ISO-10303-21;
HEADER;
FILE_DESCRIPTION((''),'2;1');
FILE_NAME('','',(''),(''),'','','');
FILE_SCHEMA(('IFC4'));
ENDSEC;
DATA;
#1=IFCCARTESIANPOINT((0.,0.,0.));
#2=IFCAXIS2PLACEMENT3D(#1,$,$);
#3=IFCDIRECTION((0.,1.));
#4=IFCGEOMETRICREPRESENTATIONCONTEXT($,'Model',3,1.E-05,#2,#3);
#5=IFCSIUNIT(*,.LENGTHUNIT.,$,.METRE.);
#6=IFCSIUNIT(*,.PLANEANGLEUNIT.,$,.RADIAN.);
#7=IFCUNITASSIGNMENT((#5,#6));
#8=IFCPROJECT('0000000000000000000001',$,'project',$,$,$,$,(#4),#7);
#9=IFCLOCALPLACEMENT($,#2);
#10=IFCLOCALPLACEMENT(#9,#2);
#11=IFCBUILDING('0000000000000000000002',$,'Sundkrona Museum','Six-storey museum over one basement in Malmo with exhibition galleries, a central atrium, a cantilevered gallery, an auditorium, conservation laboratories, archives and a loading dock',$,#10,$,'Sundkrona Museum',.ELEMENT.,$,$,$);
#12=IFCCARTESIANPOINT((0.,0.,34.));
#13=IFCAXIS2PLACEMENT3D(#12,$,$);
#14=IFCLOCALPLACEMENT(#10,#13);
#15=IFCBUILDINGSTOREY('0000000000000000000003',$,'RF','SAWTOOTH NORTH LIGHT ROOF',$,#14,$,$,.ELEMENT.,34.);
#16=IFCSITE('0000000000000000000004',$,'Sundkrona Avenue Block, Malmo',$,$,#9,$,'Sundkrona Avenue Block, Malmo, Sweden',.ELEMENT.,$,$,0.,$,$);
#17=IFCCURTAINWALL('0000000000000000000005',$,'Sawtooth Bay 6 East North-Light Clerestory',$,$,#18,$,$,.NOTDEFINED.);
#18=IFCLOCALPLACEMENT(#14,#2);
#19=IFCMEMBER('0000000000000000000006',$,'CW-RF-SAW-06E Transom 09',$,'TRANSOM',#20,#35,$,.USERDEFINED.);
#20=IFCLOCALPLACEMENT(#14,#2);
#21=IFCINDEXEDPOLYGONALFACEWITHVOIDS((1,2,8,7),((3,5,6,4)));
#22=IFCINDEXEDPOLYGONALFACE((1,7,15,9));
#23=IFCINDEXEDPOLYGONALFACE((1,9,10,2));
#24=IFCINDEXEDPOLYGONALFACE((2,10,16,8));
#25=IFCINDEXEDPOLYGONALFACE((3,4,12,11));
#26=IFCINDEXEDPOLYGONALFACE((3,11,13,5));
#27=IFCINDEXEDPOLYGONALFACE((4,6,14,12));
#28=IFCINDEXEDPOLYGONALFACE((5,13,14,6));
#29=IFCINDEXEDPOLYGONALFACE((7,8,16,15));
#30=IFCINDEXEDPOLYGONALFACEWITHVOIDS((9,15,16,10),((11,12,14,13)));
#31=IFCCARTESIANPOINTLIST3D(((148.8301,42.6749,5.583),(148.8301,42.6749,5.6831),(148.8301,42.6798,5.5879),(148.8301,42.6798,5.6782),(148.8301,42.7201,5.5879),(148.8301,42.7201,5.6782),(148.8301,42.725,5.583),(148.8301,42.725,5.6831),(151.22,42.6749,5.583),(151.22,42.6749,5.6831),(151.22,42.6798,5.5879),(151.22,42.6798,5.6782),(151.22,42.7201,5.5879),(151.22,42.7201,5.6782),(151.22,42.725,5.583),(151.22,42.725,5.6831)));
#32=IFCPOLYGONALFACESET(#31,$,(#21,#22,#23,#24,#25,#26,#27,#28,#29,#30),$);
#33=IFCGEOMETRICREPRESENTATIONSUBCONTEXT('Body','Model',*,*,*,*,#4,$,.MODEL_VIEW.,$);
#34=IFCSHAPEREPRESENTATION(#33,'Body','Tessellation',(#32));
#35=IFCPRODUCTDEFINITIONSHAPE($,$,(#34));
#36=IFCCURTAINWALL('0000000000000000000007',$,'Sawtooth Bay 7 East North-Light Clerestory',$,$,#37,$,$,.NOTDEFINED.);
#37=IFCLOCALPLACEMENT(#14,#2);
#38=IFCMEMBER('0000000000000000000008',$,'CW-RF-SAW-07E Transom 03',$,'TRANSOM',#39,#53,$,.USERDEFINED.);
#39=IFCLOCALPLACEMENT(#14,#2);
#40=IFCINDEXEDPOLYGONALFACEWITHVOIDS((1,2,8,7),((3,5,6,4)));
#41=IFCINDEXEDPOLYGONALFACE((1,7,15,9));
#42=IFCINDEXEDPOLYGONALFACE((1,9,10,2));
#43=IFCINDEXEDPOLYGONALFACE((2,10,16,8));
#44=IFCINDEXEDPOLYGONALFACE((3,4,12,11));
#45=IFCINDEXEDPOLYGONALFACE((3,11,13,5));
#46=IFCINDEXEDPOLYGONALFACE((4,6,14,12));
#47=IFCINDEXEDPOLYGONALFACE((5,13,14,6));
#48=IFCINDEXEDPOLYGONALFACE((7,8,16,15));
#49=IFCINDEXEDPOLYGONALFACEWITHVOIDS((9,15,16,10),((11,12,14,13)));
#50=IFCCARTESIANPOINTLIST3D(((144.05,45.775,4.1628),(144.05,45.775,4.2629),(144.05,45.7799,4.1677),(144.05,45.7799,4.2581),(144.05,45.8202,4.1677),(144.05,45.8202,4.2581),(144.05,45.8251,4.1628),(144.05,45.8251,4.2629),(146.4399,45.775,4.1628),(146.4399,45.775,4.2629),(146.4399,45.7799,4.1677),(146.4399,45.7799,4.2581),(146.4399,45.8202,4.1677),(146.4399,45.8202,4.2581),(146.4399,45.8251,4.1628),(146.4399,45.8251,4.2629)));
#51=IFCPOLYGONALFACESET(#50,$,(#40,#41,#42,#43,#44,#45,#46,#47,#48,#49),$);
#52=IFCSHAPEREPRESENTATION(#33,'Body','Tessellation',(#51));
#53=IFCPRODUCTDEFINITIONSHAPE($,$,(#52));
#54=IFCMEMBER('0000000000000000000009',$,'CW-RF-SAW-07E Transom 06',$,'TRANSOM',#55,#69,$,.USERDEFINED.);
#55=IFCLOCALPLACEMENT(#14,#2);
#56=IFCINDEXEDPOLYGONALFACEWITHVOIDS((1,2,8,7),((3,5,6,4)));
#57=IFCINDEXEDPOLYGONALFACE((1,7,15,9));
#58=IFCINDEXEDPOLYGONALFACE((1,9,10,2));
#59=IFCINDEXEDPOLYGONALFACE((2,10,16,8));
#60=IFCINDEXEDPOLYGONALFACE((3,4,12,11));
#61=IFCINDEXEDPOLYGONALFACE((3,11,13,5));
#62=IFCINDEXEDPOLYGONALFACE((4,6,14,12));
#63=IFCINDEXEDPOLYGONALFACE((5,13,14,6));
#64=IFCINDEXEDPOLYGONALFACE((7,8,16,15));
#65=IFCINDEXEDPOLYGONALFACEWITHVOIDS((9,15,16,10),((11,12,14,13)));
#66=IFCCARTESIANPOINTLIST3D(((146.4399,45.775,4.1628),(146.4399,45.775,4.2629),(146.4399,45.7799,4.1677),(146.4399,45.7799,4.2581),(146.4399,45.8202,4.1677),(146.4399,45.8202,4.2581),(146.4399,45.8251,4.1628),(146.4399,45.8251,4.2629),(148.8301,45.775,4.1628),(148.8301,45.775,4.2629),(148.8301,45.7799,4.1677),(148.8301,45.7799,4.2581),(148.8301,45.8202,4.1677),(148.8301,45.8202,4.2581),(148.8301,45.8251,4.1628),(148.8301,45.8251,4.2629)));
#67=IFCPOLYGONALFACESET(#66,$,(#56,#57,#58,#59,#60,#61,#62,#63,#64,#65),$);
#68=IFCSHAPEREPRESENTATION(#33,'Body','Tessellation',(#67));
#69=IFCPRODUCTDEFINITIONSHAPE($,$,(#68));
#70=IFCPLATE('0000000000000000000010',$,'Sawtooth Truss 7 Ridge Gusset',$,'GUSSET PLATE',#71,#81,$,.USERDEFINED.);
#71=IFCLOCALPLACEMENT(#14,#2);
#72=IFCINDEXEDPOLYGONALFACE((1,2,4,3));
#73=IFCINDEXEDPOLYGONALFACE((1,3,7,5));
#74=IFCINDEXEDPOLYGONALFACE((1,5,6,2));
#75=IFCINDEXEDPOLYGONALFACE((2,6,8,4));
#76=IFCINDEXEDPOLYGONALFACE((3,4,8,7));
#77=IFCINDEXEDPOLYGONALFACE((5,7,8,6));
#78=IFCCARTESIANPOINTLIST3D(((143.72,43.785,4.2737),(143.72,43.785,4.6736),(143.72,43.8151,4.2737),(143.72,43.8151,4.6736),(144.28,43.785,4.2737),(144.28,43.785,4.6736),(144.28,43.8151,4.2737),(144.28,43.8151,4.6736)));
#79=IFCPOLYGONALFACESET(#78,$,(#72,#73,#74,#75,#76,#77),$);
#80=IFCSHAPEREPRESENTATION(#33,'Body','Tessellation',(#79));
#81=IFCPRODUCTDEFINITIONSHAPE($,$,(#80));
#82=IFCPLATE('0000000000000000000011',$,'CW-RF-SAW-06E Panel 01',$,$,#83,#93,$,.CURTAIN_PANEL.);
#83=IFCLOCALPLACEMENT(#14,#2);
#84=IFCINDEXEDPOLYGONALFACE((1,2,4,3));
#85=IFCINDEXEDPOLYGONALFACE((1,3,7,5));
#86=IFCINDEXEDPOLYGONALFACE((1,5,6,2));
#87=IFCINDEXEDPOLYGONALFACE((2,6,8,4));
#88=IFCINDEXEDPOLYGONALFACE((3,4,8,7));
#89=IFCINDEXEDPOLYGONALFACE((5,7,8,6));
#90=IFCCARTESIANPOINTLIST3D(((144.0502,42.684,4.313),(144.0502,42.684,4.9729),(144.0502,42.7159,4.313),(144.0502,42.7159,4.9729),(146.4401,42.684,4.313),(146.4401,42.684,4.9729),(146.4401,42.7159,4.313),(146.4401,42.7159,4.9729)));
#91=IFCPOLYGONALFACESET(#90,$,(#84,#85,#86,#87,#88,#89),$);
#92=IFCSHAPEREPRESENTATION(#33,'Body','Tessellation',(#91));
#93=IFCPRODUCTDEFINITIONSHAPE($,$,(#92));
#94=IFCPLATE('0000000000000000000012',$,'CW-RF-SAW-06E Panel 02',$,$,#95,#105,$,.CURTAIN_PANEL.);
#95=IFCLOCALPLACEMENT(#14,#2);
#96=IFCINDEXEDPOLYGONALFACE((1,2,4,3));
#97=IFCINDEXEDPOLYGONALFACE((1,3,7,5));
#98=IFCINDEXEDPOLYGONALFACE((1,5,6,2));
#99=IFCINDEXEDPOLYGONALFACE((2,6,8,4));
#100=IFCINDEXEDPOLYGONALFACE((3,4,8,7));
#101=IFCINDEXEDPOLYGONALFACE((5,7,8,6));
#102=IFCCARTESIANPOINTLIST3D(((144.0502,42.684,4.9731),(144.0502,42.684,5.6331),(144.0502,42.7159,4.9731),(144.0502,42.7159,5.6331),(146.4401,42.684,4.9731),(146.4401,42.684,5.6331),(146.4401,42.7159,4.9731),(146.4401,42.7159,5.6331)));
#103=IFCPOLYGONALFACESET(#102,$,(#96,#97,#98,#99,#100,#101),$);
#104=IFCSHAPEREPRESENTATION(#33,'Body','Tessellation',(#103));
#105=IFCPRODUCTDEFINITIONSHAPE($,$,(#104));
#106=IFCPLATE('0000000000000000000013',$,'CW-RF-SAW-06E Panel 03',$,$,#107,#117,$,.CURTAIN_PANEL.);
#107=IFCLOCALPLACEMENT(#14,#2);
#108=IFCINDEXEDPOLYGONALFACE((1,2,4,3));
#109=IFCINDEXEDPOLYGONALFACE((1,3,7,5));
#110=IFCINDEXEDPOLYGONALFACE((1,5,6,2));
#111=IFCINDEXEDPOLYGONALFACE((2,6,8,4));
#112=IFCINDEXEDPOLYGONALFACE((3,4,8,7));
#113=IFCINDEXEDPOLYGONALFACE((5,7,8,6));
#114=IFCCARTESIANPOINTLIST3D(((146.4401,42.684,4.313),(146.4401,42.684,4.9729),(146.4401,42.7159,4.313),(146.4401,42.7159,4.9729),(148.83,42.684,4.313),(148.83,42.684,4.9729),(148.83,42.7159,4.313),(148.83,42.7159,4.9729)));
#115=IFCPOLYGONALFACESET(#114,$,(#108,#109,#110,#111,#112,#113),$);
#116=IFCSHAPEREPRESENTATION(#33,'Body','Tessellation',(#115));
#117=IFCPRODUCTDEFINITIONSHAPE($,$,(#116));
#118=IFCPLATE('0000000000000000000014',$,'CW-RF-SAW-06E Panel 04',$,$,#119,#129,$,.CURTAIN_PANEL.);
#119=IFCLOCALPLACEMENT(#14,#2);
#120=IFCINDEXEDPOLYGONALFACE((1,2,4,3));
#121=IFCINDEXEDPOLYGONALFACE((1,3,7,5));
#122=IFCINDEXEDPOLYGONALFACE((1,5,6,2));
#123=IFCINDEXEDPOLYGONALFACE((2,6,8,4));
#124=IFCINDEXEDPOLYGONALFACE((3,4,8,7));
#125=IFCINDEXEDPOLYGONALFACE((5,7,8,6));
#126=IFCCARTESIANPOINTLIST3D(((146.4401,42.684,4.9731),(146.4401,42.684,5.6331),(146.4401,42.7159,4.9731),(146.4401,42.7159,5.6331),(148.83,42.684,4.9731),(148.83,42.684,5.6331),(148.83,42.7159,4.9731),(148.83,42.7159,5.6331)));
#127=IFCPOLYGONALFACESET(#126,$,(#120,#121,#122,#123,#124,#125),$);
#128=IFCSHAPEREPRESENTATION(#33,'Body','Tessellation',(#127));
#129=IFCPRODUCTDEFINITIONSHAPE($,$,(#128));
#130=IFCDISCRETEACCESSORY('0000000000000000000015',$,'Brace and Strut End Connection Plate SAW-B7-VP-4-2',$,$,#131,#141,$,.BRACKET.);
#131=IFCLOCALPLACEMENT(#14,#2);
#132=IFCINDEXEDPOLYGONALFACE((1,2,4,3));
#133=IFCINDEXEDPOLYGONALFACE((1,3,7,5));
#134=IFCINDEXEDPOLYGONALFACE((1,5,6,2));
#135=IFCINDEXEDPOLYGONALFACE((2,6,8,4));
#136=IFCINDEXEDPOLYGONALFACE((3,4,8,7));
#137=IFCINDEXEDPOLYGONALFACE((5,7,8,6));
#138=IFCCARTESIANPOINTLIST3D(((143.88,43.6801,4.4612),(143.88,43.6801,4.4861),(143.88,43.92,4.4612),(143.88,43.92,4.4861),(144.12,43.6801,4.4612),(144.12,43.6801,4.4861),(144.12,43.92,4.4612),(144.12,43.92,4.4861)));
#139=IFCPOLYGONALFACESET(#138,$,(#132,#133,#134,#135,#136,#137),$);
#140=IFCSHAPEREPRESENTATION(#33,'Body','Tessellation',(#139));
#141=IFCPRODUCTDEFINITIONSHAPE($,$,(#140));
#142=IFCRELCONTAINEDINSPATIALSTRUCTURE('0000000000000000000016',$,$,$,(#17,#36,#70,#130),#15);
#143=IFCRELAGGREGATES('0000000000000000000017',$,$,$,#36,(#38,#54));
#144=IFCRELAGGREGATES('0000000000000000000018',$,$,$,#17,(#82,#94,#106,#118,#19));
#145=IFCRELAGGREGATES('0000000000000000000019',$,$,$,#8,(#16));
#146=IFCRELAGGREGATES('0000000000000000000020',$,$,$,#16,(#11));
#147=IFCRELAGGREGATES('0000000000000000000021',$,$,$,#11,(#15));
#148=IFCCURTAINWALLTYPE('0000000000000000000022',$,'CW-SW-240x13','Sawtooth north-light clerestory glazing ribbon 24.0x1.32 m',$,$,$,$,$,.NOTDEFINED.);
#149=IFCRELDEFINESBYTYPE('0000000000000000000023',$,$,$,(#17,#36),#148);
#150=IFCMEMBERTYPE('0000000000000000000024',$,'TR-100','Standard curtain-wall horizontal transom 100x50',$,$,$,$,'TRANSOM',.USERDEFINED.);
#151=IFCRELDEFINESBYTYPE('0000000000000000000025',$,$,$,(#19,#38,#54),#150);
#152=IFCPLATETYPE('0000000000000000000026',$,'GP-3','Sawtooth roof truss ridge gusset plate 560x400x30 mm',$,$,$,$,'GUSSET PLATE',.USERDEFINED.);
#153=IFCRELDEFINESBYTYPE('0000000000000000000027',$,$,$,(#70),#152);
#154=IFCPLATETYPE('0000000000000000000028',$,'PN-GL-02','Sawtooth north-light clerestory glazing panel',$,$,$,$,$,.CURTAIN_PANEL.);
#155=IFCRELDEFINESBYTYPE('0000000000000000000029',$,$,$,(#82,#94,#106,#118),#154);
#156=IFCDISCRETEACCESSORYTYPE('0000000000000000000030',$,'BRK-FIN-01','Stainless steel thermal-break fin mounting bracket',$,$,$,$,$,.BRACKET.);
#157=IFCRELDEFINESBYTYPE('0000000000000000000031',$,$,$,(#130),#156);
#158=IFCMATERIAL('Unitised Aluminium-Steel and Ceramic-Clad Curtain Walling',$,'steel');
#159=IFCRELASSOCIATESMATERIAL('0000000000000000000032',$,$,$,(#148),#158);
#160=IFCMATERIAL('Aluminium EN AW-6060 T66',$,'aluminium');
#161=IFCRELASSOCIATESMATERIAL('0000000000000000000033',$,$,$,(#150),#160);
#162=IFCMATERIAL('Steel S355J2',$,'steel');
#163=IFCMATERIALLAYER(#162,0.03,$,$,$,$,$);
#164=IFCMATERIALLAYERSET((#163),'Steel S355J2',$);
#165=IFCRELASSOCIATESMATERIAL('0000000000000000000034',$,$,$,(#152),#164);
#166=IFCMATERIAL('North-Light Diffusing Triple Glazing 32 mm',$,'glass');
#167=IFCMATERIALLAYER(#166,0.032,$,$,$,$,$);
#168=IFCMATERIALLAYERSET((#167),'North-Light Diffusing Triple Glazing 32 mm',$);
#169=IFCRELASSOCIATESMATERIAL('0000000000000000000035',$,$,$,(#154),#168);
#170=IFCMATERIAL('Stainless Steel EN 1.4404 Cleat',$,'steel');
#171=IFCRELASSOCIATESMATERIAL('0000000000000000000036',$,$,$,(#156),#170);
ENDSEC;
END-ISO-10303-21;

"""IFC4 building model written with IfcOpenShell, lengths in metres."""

from ifc_helpers import new_model, si_unit, direction, frame, origin, origin_2d, place, context, subcontext, project, spatial, rectangle, hollow_rectangle, extrude, material, layer, layer_set, material_profile, profile_set, type_object, element, aggregate, save


model = new_model("IFC4")

# Units and contexts
model_context = context("Model", 3, precision=1e-05, world=origin(), true_north=direction((0.0, 1.0)))
body_context = subcontext(model_context, "Body", "Model", "MODEL_VIEW")
ifc_project = project(units=[si_unit("LENGTHUNIT", "METRE"), si_unit("PLANEANGLEUNIT", "RADIAN")], contexts=[model_context])

# Site, building, storey
site_placement = place(None, origin())
site = spatial("IfcSite", under=ifc_project, at=site_placement, Name="Sundkrona Avenue Block, Malmo", LongName="Sundkrona Avenue Block, Malmo, Sweden", CompositionType="ELEMENT", RefElevation=0.0)
building_placement = place(site_placement, origin())
building = spatial("IfcBuilding", under=site, at=building_placement, Name="Sundkrona Museum", Description="Six-storey museum over one basement in Malmo with exhibition galleries, a central atrium, a cantilevered gallery, an auditorium, conservation laboratories, archives and a loading dock", LongName="Sundkrona Museum", CompositionType="ELEMENT")
storey_placement = place(building_placement, frame((0.0, 0.0, 34.0)))
storey = spatial("IfcBuildingStorey", under=building, at=storey_placement, Name="RF", Description="SAWTOOTH NORTH LIGHT ROOF", CompositionType="ELEMENT", Elevation=34.0)

# Curtain wall
ifc_material_1 = material(Name="Unitised Aluminium-Steel and Ceramic-Clad Curtain Walling", Category="steel")
curtain_wall_type = type_object("IfcCurtainWallType", Name="CW-SW-240x13", Description="Sawtooth north-light clerestory glazing ribbon 24.0x1.32 m", PredefinedType="NOTDEFINED", material=ifc_material_1)
curtain_wall_1_placement = place(storey_placement, origin())
curtain_wall_1 = element("IfcCurtainWall", 1, at=curtain_wall_1_placement, inside=storey, type_object=curtain_wall_type, Name="Sawtooth Bay 6 East North-Light Clerestory", PredefinedType="NOTDEFINED")
ifc_material_2 = material(Name="Aluminium EN AW-6060 T66", Category="aluminium")

# Shared definitions
ifc_material_3 = material(Name="Steel S355J2", Category="steel")

# Member
ifc_material_profile_1 = material_profile(ifc_material_2, hollow_rectangle(XDim=0.05, YDim=0.1001, WallThickness=0.0049, at=origin_2d()), Name="RHS 100x50x5.0")
ifc_profile_set_1 = profile_set([ifc_material_profile_1], Name="Aluminium EN AW-6060 T66")
member_type_1 = type_object("IfcMemberType", Name="TR-100", Description="Standard curtain-wall horizontal transom 100x50", ElementType="TRANSOM", PredefinedType="USERDEFINED", material=ifc_profile_set_1)
member_1_placement = place(storey_placement, frame((148.8301, 42.7, 5.6331), z_axis=(1.0, 0.0, 0.0), x_axis=(0.0, 1.0, 0.0)))
member_1 = element("IfcMember", 2, at=member_1_placement, type_object=member_type_1, Name="CW-RF-SAW-06E Transom 09", ObjectType="TRANSOM", PredefinedType="USERDEFINED", context=body_context, shape_type="SweptSolid", body=[
    extrude(hollow_rectangle(XDim=0.05, YDim=0.1001, WallThickness=0.0049, at=origin_2d()), origin(), (0.0, 0.0, 1.0), 2.3899),
])

# Curtain wall, members
curtain_wall_2_placement = place(storey_placement, origin())
curtain_wall_2 = element("IfcCurtainWall", 3, at=curtain_wall_2_placement, inside=storey, type_object=curtain_wall_type, Name="Sawtooth Bay 7 East North-Light Clerestory", PredefinedType="NOTDEFINED")
member_2_placement = place(storey_placement, frame((144.05, 45.8, 4.2129), z_axis=(1.0, 0.0, 0.0), x_axis=(0.0, 1.0, 0.0)))
member_2 = element("IfcMember", 4, at=member_2_placement, type_object=member_type_1, Name="CW-RF-SAW-07E Transom 03", ObjectType="TRANSOM", PredefinedType="USERDEFINED", context=body_context, shape_type="SweptSolid", body=[
    extrude(hollow_rectangle(XDim=0.05, YDim=0.1001, WallThickness=0.0049, at=origin_2d()), origin(), (0.0, 0.0, 1.0), 2.3899),
])
member_3_placement = place(storey_placement, frame((146.4399, 45.8, 4.2129), z_axis=(1.0, 0.0, 0.0), x_axis=(0.0, 1.0, 0.0)))
member_3 = element("IfcMember", 5, at=member_3_placement, type_object=member_type_1, Name="CW-RF-SAW-07E Transom 06", ObjectType="TRANSOM", PredefinedType="USERDEFINED", context=body_context, shape_type="SweptSolid", body=[
    extrude(hollow_rectangle(XDim=0.05, YDim=0.1001, WallThickness=0.0049, at=origin_2d()), origin(), (0.0, 0.0, 1.0), 2.3901),
])
aggregate(curtain_wall_2, [member_2, member_3])

# Plates
ifc_layer_1 = layer(ifc_material_3, 0.03)
ifc_layer_set_1 = layer_set([ifc_layer_1], Name="Steel S355J2")
plate_type_1 = type_object("IfcPlateType", Name="GP-3", Description="Sawtooth roof truss ridge gusset plate 560x400x30 mm", ElementType="GUSSET PLATE", PredefinedType="USERDEFINED", material=ifc_layer_set_1)
plate_1_placement = place(storey_placement, frame((144.0, 43.8, 4.2737), z_axis=(0.0, 0.0, 1.0), x_axis=(1.0, 0.0, 0.0)))
element("IfcPlate", 6, at=plate_1_placement, inside=storey, type_object=plate_type_1, Name="Sawtooth Truss 7 Ridge Gusset", ObjectType="GUSSET PLATE", PredefinedType="USERDEFINED", context=body_context, shape_type="SweptSolid", body=[
    extrude(rectangle(XDim=0.5601, YDim=0.03, at=origin_2d()), origin(), (0.0, 0.0, 1.0), 0.3999),
])
ifc_material_4 = material(Name="North-Light Diffusing Triple Glazing 32 mm", Category="glass")
ifc_layer_2 = layer(ifc_material_4, 0.032)
ifc_layer_set_2 = layer_set([ifc_layer_2], Name="North-Light Diffusing Triple Glazing 32 mm")
plate_type_2 = type_object("IfcPlateType", Name="PN-GL-02", Description="Sawtooth north-light clerestory glazing panel", PredefinedType="CURTAIN_PANEL", material=ifc_layer_set_2)
plate_2_placement = place(storey_placement, frame((145.2451, 42.7, 4.313), z_axis=(0.0, 0.0, 1.0), x_axis=(1.0, 0.0, 0.0)))
plate_2 = element("IfcPlate", 7, at=plate_2_placement, type_object=plate_type_2, Name="CW-RF-SAW-06E Panel 01", PredefinedType="CURTAIN_PANEL", context=body_context, shape_type="SweptSolid", body=[
    extrude(rectangle(XDim=2.3899, YDim=0.032, at=origin_2d()), origin(), (0.0, 0.0, 1.0), 0.6599),
])
plate_3_placement = place(storey_placement, frame((145.2451, 42.7, 4.9731), z_axis=(0.0, 0.0, 1.0), x_axis=(1.0, 0.0, 0.0)))
plate_3 = element("IfcPlate", 8, at=plate_3_placement, type_object=plate_type_2, Name="CW-RF-SAW-06E Panel 02", PredefinedType="CURTAIN_PANEL", context=body_context, shape_type="SweptSolid", body=[
    extrude(rectangle(XDim=2.3899, YDim=0.032, at=origin_2d()), origin(), (0.0, 0.0, 1.0), 0.6599),
])
plate_4_placement = place(storey_placement, frame((147.635, 42.7, 4.313), z_axis=(0.0, 0.0, 1.0), x_axis=(1.0, 0.0, 0.0)))
plate_4 = element("IfcPlate", 9, at=plate_4_placement, type_object=plate_type_2, Name="CW-RF-SAW-06E Panel 03", PredefinedType="CURTAIN_PANEL", context=body_context, shape_type="SweptSolid", body=[
    extrude(rectangle(XDim=2.3899, YDim=0.032, at=origin_2d()), origin(), (0.0, 0.0, 1.0), 0.6599),
])
plate_5_placement = place(storey_placement, frame((147.635, 42.7, 4.9731), z_axis=(0.0, 0.0, 1.0), x_axis=(1.0, 0.0, 0.0)))
plate_5 = element("IfcPlate", 10, at=plate_5_placement, type_object=plate_type_2, Name="CW-RF-SAW-06E Panel 04", PredefinedType="CURTAIN_PANEL", context=body_context, shape_type="SweptSolid", body=[
    extrude(rectangle(XDim=2.3899, YDim=0.032, at=origin_2d()), origin(), (0.0, 0.0, 1.0), 0.6599),
])
aggregate(curtain_wall_1, [plate_2, plate_3, plate_4, plate_5, member_1])

# Discrete accessory
ifc_material_5 = material(Name="Stainless Steel EN 1.4404 Cleat", Category="steel")
discrete_accessory_type = type_object("IfcDiscreteAccessoryType", Name="BRK-FIN-01", Description="Stainless steel thermal-break fin mounting bracket", PredefinedType="BRACKET", material=ifc_material_5)
discrete_accessory_placement = place(storey_placement, frame((144.0, 43.8, 4.4612), z_axis=(0.0, 0.0, 1.0), x_axis=(1.0, 0.0, 0.0)))
element("IfcDiscreteAccessory", 11, at=discrete_accessory_placement, inside=storey, type_object=discrete_accessory_type, Name="Brace and Strut End Connection Plate SAW-B7-VP-4-2", PredefinedType="BRACKET", context=body_context, shape_type="SweptSolid", body=[
    extrude(rectangle(XDim=0.24, YDim=0.24, at=origin_2d()), origin(), (0.0, 0.0, 1.0), 0.0249),
])

save(model, "model.ifc")
